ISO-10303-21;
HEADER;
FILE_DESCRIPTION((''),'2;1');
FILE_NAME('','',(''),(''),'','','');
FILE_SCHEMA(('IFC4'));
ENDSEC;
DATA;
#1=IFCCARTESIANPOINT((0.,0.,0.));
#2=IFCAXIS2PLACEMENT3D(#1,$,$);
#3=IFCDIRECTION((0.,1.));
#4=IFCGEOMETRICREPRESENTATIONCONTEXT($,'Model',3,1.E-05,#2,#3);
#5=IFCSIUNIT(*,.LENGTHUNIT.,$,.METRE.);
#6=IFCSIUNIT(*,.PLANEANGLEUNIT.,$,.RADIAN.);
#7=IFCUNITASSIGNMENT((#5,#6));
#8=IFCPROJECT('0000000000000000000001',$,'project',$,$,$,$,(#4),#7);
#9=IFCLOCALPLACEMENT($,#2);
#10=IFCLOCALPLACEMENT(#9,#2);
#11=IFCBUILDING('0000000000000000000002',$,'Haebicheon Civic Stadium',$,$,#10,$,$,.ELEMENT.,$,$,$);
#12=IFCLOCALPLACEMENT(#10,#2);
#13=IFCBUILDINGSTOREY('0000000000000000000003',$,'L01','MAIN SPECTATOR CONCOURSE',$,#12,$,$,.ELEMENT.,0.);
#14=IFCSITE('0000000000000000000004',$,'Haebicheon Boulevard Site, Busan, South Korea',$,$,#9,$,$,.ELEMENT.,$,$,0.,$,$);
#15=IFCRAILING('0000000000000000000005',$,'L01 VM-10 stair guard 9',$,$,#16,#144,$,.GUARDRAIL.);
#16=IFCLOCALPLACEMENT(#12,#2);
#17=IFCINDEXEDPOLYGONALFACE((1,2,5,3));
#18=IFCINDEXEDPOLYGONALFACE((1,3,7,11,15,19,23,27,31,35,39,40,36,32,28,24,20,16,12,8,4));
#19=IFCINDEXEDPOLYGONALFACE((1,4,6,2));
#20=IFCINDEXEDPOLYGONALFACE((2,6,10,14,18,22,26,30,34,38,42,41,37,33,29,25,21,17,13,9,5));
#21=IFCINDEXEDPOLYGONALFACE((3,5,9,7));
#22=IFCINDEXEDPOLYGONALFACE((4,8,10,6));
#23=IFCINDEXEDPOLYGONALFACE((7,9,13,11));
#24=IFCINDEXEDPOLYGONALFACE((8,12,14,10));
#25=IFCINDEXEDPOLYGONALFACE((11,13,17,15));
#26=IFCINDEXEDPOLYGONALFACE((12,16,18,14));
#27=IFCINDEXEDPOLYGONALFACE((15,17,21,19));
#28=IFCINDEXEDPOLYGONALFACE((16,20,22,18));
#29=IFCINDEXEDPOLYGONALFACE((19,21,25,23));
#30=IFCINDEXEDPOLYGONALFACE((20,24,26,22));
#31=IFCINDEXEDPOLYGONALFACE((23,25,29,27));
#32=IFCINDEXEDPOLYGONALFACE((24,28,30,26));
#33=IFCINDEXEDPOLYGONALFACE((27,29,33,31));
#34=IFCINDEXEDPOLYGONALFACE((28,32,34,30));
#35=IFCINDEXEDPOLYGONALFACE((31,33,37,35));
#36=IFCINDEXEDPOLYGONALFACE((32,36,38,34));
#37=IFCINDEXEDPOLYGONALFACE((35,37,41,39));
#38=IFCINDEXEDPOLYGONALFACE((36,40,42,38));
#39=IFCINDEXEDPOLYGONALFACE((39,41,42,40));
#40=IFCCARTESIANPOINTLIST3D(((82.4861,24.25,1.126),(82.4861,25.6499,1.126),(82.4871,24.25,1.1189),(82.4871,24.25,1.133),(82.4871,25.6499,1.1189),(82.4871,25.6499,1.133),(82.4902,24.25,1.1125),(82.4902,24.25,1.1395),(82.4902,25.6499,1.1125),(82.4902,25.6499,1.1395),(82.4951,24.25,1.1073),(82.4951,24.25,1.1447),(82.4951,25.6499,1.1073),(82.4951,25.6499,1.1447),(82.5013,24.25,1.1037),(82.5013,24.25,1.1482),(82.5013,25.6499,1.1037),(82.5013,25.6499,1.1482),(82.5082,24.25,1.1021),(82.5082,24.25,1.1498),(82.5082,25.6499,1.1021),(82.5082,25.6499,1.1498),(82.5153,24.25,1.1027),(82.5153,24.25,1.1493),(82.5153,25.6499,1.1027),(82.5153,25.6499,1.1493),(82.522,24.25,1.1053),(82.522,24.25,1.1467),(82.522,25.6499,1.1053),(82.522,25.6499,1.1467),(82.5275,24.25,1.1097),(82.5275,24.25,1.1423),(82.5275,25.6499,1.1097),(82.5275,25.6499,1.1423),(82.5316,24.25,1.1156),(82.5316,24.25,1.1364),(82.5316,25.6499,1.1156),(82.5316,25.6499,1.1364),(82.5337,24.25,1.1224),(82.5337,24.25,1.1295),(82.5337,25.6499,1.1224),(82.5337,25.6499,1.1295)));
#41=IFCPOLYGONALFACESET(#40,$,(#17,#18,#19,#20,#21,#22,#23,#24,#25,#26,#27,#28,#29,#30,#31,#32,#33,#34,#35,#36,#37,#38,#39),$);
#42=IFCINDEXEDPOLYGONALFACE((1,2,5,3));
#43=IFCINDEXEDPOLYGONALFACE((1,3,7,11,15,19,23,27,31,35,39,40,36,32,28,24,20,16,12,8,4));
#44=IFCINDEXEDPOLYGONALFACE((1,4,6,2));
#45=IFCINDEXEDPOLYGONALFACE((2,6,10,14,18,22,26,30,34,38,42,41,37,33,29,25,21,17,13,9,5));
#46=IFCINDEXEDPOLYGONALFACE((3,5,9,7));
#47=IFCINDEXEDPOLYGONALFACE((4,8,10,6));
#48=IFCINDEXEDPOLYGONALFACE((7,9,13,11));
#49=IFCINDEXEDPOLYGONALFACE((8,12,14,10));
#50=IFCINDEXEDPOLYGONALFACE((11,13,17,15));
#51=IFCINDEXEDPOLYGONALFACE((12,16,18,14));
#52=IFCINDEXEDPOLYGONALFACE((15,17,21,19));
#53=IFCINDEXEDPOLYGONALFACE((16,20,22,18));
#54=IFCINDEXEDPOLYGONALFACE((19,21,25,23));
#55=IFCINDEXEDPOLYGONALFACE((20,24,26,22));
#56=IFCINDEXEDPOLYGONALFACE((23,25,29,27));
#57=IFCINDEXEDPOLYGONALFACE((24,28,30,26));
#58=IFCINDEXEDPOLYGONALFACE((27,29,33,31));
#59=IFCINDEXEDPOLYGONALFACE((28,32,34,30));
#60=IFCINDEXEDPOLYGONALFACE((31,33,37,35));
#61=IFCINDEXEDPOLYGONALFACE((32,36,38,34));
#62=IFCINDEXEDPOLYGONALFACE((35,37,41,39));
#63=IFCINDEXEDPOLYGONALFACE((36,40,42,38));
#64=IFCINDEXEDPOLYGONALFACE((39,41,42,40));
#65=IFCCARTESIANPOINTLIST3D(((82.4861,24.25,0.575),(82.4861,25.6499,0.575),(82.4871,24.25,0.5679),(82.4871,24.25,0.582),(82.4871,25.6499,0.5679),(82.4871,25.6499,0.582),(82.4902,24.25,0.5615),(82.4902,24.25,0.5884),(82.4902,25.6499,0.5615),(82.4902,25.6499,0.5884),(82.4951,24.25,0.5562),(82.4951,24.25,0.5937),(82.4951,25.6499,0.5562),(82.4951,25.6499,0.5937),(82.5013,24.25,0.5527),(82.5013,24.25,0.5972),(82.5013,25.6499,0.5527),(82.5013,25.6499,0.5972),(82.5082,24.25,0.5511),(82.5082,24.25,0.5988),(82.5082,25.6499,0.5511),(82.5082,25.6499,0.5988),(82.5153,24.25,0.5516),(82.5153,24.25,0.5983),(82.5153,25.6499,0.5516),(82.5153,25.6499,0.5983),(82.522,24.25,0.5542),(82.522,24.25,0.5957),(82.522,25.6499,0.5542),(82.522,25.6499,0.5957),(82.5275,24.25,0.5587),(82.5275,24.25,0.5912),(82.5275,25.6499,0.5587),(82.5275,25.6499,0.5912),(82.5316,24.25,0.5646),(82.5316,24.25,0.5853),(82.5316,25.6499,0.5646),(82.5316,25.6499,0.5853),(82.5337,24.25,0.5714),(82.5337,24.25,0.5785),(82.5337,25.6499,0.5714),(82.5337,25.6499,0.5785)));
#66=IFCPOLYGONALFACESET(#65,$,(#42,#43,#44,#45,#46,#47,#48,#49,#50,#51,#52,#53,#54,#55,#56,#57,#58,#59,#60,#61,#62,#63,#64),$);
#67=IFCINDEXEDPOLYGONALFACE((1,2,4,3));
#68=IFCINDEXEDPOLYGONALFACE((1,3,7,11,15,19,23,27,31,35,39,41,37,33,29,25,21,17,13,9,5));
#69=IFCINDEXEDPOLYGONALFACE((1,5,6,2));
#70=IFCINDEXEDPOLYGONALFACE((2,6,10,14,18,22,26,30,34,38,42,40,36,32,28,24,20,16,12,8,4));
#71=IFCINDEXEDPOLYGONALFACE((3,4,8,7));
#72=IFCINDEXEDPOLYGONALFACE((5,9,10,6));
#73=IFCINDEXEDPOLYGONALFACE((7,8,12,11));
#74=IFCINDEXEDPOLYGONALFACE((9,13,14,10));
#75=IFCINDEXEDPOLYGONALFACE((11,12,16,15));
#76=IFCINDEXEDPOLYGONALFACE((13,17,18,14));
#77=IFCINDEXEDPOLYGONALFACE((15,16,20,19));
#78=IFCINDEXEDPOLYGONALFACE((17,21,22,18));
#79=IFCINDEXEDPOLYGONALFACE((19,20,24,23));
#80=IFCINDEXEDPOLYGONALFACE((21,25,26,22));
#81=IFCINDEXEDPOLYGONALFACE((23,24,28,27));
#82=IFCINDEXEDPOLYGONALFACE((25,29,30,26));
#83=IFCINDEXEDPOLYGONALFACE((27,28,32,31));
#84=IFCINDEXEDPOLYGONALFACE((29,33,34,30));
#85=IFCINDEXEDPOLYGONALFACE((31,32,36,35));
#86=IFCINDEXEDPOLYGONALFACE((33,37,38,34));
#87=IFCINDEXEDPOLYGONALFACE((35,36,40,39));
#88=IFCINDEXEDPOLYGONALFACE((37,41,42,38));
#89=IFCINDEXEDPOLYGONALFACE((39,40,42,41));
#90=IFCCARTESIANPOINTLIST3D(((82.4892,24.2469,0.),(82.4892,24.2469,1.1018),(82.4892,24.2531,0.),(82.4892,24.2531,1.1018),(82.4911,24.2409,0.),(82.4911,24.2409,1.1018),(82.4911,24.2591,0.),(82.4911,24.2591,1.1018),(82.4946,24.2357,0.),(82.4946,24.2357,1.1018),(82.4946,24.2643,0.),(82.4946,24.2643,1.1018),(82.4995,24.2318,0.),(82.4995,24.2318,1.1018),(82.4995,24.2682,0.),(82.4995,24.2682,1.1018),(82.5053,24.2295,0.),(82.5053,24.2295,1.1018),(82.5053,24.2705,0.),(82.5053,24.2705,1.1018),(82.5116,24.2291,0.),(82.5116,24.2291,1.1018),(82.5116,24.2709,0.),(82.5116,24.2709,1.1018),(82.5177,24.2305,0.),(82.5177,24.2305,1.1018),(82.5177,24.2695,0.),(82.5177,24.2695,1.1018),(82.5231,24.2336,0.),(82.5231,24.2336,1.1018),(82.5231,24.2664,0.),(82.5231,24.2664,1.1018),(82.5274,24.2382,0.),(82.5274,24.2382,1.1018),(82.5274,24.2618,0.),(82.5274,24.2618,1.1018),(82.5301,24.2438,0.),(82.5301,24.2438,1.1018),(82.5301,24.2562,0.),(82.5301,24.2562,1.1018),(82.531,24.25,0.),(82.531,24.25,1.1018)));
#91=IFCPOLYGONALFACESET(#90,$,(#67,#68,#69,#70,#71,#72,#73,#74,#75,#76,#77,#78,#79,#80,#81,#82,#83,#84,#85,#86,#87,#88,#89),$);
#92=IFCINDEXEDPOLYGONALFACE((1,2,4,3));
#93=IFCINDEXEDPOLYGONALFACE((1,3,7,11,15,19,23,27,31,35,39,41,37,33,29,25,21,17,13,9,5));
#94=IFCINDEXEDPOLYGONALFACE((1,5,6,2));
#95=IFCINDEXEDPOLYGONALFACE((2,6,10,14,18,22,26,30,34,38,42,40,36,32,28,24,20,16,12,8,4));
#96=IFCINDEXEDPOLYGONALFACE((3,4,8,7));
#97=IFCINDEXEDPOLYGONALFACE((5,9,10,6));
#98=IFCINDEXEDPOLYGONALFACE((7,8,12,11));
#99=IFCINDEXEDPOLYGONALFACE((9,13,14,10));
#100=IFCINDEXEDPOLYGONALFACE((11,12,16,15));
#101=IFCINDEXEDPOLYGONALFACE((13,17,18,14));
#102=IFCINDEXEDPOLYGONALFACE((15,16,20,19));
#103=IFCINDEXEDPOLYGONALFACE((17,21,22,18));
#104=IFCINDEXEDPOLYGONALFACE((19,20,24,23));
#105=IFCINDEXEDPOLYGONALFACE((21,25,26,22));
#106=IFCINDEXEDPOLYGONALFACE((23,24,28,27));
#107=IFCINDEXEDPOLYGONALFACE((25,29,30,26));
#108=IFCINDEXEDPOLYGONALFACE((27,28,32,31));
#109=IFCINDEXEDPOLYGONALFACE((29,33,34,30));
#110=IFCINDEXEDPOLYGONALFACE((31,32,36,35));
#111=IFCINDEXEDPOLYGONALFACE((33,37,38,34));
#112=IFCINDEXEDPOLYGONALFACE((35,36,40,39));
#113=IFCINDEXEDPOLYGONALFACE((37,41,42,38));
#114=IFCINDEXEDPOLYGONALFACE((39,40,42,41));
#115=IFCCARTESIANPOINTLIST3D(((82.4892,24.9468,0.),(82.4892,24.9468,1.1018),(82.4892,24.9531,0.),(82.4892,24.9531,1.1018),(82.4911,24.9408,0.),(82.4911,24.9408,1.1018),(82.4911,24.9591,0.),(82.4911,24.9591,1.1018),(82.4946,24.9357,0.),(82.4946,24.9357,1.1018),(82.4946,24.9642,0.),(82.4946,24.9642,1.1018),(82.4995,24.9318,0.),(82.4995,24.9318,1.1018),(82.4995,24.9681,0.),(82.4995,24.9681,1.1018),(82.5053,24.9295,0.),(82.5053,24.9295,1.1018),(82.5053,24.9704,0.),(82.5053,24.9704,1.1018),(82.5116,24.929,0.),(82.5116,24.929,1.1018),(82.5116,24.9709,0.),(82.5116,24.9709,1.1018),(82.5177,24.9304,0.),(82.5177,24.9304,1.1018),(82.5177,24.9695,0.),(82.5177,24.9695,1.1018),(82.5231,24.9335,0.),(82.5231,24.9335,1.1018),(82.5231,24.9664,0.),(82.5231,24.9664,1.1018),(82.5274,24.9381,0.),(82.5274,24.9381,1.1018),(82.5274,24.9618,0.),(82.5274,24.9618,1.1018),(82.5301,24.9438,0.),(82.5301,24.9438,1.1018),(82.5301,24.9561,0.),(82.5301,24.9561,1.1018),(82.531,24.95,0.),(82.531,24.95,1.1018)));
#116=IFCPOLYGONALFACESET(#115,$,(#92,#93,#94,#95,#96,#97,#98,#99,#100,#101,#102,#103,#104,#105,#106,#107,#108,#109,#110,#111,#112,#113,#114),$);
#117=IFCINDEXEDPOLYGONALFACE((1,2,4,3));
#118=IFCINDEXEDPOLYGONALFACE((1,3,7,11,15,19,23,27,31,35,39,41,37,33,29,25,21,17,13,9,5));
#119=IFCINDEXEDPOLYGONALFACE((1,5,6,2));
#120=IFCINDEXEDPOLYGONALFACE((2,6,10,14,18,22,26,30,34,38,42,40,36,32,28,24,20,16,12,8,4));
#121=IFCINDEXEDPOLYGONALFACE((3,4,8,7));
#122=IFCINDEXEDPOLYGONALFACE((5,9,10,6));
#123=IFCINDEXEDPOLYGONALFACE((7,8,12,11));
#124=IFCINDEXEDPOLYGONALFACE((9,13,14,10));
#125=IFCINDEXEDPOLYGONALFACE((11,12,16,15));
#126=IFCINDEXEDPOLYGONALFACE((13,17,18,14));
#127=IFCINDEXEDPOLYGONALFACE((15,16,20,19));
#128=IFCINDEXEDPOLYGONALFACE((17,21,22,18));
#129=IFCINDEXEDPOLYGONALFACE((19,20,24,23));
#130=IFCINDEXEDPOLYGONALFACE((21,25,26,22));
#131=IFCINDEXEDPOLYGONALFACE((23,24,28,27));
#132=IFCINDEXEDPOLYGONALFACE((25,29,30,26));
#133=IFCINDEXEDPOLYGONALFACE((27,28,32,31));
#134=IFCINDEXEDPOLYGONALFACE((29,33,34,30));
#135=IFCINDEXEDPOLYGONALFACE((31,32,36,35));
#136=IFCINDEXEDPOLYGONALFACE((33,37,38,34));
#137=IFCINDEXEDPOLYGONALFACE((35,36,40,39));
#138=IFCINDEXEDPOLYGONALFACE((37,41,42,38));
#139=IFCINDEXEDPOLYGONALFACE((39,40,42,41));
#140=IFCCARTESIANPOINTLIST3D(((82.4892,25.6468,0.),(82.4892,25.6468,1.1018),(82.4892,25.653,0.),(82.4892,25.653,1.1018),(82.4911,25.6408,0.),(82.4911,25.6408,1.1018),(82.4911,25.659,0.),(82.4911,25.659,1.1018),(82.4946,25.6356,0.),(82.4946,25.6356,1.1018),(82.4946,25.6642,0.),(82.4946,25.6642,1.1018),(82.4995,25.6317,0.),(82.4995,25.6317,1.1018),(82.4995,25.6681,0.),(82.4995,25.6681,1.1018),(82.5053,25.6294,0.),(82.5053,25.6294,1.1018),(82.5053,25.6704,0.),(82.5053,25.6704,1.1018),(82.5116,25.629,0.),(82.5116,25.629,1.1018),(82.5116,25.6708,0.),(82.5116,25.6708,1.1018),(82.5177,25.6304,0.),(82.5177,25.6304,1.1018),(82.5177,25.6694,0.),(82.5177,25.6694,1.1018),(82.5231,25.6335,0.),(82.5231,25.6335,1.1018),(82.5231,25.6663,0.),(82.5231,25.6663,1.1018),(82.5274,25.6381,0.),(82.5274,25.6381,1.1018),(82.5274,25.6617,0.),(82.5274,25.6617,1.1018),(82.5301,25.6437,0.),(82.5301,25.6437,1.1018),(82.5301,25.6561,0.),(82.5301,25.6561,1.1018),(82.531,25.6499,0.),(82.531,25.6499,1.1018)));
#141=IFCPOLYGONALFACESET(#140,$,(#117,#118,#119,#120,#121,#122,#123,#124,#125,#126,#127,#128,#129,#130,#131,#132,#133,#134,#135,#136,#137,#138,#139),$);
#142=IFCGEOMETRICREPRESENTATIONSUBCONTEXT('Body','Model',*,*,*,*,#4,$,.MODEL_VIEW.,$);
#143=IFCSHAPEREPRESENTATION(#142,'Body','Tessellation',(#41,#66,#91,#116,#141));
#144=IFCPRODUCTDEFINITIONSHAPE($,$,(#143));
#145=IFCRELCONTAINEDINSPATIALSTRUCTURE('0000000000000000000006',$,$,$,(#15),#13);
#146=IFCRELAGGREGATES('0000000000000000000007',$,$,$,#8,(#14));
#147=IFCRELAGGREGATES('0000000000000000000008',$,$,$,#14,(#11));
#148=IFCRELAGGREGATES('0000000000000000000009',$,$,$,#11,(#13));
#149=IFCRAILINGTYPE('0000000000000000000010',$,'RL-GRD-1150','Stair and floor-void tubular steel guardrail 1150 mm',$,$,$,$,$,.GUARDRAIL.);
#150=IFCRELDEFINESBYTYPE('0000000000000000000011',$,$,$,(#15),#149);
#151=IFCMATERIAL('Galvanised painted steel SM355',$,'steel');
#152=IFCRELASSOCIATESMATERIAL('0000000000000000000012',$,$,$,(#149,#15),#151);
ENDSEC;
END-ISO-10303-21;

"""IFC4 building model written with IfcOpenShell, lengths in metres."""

from ifc_helpers import new_model, si_unit, direction, frame, origin, origin_2d, place, context, subcontext, project, spatial, circle, extrude, material, type_object, element, save


model = new_model("IFC4")

# Units and contexts
model_context = context("Model", 3, precision=1e-05, world=origin(), true_north=direction((0.0, 1.0)))
body_context = subcontext(model_context, "Body", "Model", "MODEL_VIEW")
ifc_project = project(units=[si_unit("LENGTHUNIT", "METRE"), si_unit("PLANEANGLEUNIT", "RADIAN")], contexts=[model_context])

# Site, building, storey
site_placement = place(None, origin())
site = spatial("IfcSite", under=ifc_project, at=site_placement, Name="Haebicheon Boulevard Site, Busan, South Korea", CompositionType="ELEMENT", RefElevation=0.0)
building_placement = place(site_placement, origin())
building = spatial("IfcBuilding", under=site, at=building_placement, Name="Haebicheon Civic Stadium", CompositionType="ELEMENT")
storey_placement = place(building_placement, origin())
storey = spatial("IfcBuildingStorey", under=building, at=storey_placement, Name="L01", Description="MAIN SPECTATOR CONCOURSE", CompositionType="ELEMENT", Elevation=0.0)

# Railing
ifc_material_1 = material(Name="Galvanised painted steel SM355", Category="steel")
railing_type_1 = type_object("IfcRailingType", Name="RL-GRD-1150", Description="Stair and floor-void tubular steel guardrail 1150 mm", PredefinedType="GUARDRAIL", material=ifc_material_1)
for number, where, name in (
    (1, (82.51, 24.25, 0.0), "L01 VM-10 stair guard 9"),
):
    element("IfcRailing", number, at=place(storey_placement, frame(where)), inside=storey, type_object=railing_type_1, material=ifc_material_1, Name=name, PredefinedType="GUARDRAIL", context=body_context, shape_type="SweptSolid", body=[
        extrude(circle(Radius=0.0239, at=origin_2d()), frame((0.0, 0.0, 1.126), z_axis=(0.0, 1.0, 0.0), x_axis=(-1.0, 0.0, 0.0)), (0.0, 0.0, 1.0), 1.3999),
        extrude(circle(Radius=0.0239, at=origin_2d()), frame((0.0, 0.0, 0.575), z_axis=(0.0, 1.0, 0.0), x_axis=(-1.0, 0.0, 0.0)), (0.0, 0.0, 1.0), 1.3999),
        extrude(circle(Radius=0.021, at=origin_2d()), origin(), (0.0, 0.0, 1.0), 1.1018),
        extrude(circle(Radius=0.021, at=origin_2d()), frame((0.0, 0.7, 0.0)), (0.0, 0.0, 1.0), 1.1018),
        extrude(circle(Radius=0.021, at=origin_2d()), frame((0.0, 1.3999, 0.0)), (0.0, 0.0, 1.0), 1.1018),
    ])

save(model, "model.ifc")
